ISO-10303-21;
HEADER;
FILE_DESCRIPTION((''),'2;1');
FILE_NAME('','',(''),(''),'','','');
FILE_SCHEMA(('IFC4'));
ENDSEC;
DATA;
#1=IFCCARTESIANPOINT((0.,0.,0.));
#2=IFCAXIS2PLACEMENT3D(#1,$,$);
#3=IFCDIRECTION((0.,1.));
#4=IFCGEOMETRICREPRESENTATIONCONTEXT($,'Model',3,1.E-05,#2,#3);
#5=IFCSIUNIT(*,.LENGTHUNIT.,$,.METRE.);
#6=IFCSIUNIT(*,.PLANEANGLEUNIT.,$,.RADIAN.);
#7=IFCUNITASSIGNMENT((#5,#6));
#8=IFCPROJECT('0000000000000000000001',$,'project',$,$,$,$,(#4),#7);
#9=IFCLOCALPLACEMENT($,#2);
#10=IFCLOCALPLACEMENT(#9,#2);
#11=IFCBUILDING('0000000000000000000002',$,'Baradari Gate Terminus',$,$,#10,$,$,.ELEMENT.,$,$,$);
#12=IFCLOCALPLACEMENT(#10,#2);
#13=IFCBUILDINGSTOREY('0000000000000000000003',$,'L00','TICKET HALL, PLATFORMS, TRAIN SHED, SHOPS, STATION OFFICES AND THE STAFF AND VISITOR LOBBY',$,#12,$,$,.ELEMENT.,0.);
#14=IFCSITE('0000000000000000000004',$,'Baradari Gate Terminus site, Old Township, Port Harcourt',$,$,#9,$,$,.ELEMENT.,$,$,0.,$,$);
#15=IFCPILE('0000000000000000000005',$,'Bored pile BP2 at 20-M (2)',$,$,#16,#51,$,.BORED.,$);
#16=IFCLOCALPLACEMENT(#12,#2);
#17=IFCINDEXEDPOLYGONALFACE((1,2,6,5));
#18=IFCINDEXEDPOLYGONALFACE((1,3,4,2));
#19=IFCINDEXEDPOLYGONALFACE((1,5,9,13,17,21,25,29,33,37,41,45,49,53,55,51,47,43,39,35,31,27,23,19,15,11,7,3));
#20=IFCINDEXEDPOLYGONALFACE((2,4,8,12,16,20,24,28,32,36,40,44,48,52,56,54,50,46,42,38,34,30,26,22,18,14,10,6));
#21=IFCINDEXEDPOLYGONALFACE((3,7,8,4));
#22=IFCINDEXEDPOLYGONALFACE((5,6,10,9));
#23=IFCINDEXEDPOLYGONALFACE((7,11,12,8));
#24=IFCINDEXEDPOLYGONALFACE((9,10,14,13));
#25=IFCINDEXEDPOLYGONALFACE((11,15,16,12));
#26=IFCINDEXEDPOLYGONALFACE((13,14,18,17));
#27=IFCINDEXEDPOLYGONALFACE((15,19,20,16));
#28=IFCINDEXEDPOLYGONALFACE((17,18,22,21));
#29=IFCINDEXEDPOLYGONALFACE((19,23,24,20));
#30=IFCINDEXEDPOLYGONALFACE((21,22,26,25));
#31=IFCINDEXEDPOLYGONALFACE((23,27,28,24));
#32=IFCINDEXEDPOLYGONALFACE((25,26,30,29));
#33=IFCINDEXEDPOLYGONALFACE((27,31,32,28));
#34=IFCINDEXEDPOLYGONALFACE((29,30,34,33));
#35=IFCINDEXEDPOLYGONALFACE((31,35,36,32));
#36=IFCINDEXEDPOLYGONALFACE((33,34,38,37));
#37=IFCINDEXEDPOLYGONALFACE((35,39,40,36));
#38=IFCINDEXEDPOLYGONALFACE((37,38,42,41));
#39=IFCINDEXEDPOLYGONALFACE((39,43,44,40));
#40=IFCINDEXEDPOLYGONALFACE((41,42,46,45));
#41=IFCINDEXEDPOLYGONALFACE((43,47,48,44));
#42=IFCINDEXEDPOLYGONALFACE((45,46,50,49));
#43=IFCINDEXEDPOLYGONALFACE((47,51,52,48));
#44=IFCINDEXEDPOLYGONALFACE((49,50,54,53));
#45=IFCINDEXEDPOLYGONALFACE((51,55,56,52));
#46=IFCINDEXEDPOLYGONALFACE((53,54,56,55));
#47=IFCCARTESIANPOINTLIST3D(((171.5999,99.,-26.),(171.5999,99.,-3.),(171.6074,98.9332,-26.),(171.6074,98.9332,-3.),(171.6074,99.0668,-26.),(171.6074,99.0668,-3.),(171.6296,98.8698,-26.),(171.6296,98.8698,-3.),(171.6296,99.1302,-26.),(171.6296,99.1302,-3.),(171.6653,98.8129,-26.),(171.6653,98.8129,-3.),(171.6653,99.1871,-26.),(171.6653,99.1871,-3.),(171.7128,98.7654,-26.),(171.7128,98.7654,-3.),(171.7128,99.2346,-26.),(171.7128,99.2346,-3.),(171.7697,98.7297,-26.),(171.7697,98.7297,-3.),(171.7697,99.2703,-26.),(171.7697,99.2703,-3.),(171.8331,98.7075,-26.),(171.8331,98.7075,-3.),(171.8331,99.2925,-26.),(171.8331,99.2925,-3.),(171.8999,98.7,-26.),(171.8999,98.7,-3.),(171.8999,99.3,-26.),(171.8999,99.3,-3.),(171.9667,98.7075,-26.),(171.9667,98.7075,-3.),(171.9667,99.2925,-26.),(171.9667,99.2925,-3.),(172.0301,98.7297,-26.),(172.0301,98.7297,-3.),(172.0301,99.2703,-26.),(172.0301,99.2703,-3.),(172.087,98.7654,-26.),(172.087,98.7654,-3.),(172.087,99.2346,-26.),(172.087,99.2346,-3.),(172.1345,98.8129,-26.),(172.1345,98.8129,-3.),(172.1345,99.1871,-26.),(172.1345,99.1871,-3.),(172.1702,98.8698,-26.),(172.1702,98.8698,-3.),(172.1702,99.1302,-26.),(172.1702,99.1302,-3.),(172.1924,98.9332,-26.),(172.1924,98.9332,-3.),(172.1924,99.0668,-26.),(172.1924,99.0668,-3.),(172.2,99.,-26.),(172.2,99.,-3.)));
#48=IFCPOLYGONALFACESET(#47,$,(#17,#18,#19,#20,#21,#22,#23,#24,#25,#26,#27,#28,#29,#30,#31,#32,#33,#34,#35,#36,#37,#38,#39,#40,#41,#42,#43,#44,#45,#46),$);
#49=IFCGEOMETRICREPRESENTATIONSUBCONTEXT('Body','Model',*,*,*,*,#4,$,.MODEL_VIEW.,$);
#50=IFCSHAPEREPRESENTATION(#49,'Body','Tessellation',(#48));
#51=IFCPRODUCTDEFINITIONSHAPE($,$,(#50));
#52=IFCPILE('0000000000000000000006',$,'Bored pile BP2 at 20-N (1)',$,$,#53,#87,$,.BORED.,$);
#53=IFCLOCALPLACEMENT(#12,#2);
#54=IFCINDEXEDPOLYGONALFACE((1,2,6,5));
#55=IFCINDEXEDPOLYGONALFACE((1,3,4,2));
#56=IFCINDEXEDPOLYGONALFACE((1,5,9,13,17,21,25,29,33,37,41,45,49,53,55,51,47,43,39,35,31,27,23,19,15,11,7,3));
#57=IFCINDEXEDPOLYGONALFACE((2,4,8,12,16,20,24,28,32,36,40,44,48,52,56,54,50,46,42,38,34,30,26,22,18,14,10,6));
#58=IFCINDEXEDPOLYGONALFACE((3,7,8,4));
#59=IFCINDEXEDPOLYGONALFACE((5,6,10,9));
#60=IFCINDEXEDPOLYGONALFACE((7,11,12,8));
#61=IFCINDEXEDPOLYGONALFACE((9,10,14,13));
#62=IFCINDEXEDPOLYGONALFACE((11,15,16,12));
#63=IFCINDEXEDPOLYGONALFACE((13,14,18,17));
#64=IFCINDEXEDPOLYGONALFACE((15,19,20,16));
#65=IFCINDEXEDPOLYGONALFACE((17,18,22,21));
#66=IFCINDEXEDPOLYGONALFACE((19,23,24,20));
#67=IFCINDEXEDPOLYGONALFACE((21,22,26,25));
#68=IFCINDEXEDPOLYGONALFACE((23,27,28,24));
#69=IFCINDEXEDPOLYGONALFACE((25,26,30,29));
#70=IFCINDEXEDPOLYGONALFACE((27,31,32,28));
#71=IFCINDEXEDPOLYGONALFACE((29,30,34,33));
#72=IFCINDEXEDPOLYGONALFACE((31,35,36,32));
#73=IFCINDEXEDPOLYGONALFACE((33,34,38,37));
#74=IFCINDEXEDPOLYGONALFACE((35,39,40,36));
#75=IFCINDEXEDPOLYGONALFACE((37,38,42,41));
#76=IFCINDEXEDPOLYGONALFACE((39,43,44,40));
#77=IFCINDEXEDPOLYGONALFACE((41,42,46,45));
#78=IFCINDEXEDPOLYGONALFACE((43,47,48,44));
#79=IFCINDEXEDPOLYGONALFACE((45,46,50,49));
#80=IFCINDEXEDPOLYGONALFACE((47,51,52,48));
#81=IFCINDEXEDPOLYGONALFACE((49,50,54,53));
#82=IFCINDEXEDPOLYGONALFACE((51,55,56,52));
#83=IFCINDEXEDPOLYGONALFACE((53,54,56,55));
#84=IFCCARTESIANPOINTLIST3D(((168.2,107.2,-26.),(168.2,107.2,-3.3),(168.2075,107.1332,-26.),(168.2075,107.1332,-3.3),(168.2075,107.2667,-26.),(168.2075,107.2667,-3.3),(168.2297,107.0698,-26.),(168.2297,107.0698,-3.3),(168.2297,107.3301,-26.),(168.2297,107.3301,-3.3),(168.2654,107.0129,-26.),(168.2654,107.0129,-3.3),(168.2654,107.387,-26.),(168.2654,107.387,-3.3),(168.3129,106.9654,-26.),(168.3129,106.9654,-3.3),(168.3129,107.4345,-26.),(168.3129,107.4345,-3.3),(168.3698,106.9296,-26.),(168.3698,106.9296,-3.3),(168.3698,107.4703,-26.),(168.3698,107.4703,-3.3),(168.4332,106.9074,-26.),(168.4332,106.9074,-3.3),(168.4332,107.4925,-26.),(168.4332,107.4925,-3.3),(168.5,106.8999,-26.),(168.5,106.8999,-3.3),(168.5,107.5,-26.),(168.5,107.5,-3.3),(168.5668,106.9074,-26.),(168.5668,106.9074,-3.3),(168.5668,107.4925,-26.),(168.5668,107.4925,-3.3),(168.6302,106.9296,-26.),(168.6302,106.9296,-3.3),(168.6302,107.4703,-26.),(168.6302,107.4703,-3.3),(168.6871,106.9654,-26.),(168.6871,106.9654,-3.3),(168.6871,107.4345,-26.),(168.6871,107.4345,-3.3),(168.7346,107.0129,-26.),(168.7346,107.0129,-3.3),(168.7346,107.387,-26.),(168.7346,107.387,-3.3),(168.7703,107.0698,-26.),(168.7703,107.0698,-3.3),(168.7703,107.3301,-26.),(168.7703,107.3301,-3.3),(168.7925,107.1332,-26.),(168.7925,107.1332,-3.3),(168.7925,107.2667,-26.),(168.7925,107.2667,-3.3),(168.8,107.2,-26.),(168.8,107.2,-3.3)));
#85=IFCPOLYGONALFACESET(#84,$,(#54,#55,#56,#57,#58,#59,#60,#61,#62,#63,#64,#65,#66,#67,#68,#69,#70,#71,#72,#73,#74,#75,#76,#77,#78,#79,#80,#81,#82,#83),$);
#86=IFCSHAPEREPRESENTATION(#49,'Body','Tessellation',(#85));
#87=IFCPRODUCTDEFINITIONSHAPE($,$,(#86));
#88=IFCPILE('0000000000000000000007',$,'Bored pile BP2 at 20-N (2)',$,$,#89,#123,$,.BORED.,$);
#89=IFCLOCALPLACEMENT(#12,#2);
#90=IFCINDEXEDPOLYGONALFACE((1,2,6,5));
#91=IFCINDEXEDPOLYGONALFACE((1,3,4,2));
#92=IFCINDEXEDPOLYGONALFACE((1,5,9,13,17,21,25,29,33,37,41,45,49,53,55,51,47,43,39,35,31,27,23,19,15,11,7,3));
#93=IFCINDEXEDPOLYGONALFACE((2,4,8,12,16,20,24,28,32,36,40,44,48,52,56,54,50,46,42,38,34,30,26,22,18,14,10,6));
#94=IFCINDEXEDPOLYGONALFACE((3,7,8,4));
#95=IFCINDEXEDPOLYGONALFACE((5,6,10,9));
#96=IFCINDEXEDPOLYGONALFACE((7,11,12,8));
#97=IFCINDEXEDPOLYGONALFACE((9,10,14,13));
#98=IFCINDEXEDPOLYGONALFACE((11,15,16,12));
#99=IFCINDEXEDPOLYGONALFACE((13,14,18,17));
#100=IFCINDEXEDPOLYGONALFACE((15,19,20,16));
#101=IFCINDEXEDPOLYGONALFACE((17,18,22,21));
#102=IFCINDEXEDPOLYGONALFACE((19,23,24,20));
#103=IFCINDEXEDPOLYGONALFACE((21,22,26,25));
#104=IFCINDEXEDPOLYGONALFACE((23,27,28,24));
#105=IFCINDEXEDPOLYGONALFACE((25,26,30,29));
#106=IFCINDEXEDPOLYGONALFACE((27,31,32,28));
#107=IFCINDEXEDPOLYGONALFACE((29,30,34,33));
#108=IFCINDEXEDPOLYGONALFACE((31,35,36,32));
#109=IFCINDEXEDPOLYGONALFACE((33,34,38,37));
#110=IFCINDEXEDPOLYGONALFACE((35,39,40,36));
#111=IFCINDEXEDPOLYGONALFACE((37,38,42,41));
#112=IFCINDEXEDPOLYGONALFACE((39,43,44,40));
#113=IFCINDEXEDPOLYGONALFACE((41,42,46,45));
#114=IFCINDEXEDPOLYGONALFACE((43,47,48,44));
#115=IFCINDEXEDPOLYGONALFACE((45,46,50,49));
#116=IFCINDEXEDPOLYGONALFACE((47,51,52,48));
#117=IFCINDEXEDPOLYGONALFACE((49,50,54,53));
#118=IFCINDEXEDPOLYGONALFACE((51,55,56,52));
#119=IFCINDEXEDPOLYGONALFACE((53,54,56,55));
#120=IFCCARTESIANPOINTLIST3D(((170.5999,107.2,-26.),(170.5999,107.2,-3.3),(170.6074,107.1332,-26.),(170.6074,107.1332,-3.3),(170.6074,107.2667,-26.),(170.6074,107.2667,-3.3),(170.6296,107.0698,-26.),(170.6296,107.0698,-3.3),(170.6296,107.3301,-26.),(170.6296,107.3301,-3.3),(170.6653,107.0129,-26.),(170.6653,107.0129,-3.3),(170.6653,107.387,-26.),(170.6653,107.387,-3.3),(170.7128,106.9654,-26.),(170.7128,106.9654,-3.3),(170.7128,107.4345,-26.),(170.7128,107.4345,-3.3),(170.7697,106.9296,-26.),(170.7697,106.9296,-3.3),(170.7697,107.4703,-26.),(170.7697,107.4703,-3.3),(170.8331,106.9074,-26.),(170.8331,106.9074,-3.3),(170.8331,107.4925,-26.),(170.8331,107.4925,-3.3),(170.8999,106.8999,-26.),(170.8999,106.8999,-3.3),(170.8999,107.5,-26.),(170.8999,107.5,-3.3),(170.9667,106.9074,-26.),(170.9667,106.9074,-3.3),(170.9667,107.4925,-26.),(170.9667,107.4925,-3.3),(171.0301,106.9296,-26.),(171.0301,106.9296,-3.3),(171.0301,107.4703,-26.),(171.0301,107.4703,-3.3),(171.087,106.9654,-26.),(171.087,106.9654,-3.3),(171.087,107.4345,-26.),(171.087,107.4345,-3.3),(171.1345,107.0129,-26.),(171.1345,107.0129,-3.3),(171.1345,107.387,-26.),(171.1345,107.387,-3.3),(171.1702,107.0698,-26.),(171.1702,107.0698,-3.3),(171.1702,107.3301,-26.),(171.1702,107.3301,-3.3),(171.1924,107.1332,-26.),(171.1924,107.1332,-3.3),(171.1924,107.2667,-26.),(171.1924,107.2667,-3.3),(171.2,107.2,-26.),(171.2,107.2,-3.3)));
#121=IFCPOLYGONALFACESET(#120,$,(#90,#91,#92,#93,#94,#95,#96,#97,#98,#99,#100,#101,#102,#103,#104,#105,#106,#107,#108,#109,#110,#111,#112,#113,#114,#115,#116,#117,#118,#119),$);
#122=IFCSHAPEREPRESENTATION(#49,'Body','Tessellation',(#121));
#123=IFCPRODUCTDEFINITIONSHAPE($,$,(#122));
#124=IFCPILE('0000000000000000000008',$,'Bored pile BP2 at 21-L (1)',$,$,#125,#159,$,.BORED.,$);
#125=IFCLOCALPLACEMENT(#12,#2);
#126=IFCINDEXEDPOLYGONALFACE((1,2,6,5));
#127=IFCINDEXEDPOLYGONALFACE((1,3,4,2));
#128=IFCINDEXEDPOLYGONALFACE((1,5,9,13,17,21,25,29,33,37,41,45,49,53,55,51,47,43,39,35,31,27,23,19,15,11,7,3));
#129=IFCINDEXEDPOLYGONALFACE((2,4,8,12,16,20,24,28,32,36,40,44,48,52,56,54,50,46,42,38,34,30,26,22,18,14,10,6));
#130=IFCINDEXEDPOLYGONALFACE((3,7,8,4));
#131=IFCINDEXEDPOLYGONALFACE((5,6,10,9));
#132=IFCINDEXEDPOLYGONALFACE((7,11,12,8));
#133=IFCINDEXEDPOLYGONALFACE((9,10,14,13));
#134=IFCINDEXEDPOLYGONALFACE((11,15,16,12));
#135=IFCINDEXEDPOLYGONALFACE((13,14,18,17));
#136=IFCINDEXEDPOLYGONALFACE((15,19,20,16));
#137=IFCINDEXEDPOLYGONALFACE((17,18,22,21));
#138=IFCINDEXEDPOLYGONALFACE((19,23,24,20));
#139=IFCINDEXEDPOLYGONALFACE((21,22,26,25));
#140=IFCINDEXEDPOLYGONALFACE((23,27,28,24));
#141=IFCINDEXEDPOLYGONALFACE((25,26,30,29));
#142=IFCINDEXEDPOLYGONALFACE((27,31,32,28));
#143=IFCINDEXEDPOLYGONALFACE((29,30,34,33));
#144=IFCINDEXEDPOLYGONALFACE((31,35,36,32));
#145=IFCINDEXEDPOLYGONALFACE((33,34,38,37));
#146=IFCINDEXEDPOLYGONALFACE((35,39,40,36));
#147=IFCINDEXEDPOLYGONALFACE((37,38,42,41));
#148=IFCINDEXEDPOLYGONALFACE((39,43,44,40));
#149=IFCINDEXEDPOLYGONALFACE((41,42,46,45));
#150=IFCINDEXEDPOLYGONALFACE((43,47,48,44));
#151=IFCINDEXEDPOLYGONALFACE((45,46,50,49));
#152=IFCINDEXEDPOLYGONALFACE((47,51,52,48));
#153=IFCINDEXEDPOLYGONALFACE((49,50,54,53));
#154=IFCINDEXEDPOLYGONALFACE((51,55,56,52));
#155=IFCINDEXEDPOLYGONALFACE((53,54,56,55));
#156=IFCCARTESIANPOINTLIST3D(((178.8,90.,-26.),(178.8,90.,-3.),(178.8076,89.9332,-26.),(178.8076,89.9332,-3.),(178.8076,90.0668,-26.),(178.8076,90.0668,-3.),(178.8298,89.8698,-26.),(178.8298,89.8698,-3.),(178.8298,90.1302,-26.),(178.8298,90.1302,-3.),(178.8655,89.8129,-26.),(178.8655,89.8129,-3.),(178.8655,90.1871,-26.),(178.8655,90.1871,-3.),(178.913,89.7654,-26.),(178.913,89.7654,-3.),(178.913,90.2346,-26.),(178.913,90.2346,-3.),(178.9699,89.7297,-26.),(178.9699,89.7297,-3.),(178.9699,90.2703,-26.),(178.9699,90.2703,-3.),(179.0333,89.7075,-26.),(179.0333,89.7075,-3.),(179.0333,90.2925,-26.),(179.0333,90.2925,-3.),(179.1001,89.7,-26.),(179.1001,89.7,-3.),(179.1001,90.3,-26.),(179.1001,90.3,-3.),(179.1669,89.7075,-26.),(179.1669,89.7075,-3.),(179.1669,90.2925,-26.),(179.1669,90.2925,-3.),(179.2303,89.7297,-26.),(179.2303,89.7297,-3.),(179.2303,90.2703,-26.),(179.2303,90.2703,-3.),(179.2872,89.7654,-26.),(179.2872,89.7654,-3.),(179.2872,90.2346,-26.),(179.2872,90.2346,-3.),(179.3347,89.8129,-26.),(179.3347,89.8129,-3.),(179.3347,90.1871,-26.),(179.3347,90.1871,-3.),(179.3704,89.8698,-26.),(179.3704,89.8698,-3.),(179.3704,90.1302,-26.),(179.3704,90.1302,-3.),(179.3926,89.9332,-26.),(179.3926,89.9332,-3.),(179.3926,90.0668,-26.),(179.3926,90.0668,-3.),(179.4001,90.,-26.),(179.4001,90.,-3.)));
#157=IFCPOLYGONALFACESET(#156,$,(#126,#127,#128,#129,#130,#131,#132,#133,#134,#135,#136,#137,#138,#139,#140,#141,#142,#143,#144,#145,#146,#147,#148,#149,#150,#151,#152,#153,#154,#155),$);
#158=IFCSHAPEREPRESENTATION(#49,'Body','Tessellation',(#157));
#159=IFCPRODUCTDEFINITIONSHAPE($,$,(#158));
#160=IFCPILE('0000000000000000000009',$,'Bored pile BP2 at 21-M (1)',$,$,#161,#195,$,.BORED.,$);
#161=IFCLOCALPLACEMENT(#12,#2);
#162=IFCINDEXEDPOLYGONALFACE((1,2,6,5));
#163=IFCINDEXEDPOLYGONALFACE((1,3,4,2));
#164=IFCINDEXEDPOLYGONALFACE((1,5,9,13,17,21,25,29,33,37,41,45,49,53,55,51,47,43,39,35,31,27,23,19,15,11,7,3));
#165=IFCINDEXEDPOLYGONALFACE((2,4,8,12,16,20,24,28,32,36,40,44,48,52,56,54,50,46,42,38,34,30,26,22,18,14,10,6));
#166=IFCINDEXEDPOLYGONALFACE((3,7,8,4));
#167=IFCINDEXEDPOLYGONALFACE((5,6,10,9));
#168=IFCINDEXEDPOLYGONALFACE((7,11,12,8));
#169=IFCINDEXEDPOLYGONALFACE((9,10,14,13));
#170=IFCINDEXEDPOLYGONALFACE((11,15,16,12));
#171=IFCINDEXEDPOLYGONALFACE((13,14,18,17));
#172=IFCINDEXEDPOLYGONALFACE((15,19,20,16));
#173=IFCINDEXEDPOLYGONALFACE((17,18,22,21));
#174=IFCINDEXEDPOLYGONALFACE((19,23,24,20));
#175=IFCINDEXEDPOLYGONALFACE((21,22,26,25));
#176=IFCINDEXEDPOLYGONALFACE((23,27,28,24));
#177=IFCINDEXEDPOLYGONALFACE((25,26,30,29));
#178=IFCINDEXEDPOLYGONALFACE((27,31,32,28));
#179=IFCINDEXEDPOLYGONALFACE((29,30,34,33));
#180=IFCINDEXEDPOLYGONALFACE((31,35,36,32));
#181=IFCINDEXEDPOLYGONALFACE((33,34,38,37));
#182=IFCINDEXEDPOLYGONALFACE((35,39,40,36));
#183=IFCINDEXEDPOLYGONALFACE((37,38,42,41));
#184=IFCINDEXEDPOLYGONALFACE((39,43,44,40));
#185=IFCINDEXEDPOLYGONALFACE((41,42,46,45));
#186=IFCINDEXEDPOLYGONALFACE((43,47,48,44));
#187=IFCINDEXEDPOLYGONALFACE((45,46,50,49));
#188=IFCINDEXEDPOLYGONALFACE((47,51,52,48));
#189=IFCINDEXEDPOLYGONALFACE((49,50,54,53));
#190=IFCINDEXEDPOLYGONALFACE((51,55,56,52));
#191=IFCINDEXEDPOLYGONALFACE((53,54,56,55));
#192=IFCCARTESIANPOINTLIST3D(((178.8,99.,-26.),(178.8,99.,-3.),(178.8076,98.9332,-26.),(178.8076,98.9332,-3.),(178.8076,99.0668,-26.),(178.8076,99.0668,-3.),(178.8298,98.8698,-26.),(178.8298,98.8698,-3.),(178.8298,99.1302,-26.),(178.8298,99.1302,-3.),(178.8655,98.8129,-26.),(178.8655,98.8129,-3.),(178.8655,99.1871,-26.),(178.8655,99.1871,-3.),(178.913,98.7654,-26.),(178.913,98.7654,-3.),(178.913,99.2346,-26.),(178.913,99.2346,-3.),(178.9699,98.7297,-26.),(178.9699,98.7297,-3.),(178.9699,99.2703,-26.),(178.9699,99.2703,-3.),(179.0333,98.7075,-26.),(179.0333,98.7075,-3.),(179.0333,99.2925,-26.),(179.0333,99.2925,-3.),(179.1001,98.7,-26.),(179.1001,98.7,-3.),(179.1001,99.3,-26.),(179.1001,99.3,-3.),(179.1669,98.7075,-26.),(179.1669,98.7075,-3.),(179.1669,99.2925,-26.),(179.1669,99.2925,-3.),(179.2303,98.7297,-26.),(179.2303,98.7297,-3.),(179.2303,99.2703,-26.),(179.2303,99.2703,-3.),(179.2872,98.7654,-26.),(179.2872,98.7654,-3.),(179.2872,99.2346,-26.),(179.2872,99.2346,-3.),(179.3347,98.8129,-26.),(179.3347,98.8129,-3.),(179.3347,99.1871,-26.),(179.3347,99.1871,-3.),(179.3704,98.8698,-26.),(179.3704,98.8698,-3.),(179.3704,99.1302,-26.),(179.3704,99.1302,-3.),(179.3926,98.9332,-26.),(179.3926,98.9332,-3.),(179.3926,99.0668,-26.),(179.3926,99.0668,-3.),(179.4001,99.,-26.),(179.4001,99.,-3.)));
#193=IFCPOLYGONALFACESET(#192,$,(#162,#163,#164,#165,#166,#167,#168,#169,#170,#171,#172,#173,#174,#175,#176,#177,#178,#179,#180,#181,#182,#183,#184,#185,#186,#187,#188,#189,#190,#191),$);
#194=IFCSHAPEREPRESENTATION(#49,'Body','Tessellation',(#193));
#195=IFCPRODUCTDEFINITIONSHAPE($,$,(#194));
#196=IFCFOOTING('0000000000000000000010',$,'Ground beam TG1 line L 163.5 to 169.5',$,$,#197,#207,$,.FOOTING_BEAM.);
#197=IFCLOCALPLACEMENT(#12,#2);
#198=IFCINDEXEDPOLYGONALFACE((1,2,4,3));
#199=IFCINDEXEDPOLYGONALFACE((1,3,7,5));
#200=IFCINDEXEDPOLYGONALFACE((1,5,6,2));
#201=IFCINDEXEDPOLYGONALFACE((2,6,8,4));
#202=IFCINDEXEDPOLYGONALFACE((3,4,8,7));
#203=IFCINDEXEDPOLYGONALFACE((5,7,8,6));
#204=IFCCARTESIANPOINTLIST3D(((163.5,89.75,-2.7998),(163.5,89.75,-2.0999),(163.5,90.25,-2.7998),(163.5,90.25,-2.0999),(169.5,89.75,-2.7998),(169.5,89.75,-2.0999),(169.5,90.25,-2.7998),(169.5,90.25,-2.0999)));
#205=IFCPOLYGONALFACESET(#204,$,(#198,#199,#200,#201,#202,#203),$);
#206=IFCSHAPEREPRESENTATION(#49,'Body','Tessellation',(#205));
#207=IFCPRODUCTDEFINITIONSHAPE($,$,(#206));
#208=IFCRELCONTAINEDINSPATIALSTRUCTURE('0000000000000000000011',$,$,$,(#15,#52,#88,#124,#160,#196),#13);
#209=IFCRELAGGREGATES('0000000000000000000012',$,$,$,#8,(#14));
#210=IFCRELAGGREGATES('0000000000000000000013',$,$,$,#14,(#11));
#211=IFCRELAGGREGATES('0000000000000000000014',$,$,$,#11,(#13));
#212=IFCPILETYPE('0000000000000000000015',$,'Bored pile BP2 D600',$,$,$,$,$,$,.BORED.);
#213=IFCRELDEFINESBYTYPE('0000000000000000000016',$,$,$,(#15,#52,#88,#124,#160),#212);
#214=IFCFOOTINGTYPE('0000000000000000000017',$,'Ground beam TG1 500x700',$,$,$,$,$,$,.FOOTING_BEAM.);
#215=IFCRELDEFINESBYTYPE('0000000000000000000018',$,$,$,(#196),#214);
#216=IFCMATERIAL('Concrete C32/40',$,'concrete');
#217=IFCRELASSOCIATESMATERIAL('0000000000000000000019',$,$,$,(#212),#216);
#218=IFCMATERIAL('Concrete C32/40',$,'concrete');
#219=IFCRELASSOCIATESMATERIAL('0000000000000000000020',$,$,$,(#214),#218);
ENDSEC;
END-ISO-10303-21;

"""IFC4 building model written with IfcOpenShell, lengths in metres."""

from ifc_helpers import new_model, si_unit, direction, frame, origin, origin_2d, place, context, subcontext, project, spatial, rectangle, circle, extrude, material, type_object, element, save


model = new_model("IFC4")

# Units and contexts
model_context = context("Model", 3, precision=1e-05, world=origin(), true_north=direction((0.0, 1.0)))
body_context = subcontext(model_context, "Body", "Model", "MODEL_VIEW")
ifc_project = project(units=[si_unit("LENGTHUNIT", "METRE"), si_unit("PLANEANGLEUNIT", "RADIAN")], contexts=[model_context])

# Site, building, storey
site_placement = place(None, origin())
site = spatial("IfcSite", under=ifc_project, at=site_placement, Name="Baradari Gate Terminus site, Old Township, Port Harcourt", CompositionType="ELEMENT", RefElevation=0.0)
building_placement = place(site_placement, origin())
building = spatial("IfcBuilding", under=site, at=building_placement, Name="Baradari Gate Terminus", CompositionType="ELEMENT")
storey_placement = place(building_placement, origin())
storey = spatial("IfcBuildingStorey", under=building, at=storey_placement, Name="L00", Description="TICKET HALL, PLATFORMS, TRAIN SHED, SHOPS, STATION OFFICES AND THE STAFF AND VISITOR LOBBY", CompositionType="ELEMENT", Elevation=0.0)

# Piles
ifc_material_1 = material(Name="Concrete C32/40", Category="concrete")
pile_type = type_object("IfcPileType", Name="Bored pile BP2 D600", PredefinedType="BORED", material=ifc_material_1)
for number, where, z_axis, x_axis, name in (
    (1, (171.8999, 99.0, -3.0), (0.0, 0.0, -1.0), (1.0, 0.0, 0.0), "Bored pile BP2 at 20-M (2)"),
):
    element("IfcPile", number, at=place(storey_placement, frame(where, z_axis=z_axis, x_axis=x_axis)), inside=storey, type_object=pile_type, Name=name, PredefinedType="BORED", context=body_context, shape_type="SweptSolid", body=[
        extrude(circle(Radius=0.3, at=origin_2d()), origin(), (0.0, 0.0, 1.0), 23.0),
    ])
for number, where, z_axis, x_axis, name in (
    (2, (168.5, 107.2, -3.3), (0.0, 0.0, -1.0), (1.0, 0.0, 0.0), "Bored pile BP2 at 20-N (1)"),
    (3, (170.8999, 107.2, -3.3), (0.0, 0.0, -1.0), (1.0, 0.0, 0.0), "Bored pile BP2 at 20-N (2)"),
):
    element("IfcPile", number, at=place(storey_placement, frame(where, z_axis=z_axis, x_axis=x_axis)), inside=storey, type_object=pile_type, Name=name, PredefinedType="BORED", context=body_context, shape_type="SweptSolid", body=[
        extrude(circle(Radius=0.3, at=origin_2d()), origin(), (0.0, 0.0, 1.0), 22.7),
    ])
for number, where, z_axis, x_axis, name in (
    (4, (179.1001, 90.0, -3.0), (0.0, 0.0, -1.0), (1.0, 0.0, 0.0), "Bored pile BP2 at 21-L (1)"),
    (5, (179.1001, 99.0, -3.0), (0.0, 0.0, -1.0), (1.0, 0.0, 0.0), "Bored pile BP2 at 21-M (1)"),
):
    element("IfcPile", number, at=place(storey_placement, frame(where, z_axis=z_axis, x_axis=x_axis)), inside=storey, type_object=pile_type, Name=name, PredefinedType="BORED", context=body_context, shape_type="SweptSolid", body=[
        extrude(circle(Radius=0.3, at=origin_2d()), origin(), (0.0, 0.0, 1.0), 23.0),
    ])

# Footing
ifc_material_2 = material(Name="Concrete C32/40", Category="concrete")
footing_type_1 = type_object("IfcFootingType", Name="Ground beam TG1 500x700", PredefinedType="FOOTING_BEAM", material=ifc_material_2)
for number, where, z_axis, x_axis, name in (
    (6, (166.5, 90.0, -2.7998), (0.0, 0.0, 1.0), (1.0, 0.0, 0.0), "Ground beam TG1 line L 163.5 to 169.5"),
):
    element("IfcFooting", number, at=place(storey_placement, frame(where, z_axis=z_axis, x_axis=x_axis)), inside=storey, type_object=footing_type_1, Name=name, PredefinedType="FOOTING_BEAM", context=body_context, shape_type="SweptSolid", body=[
        extrude(rectangle(XDim=6.0, YDim=0.5, at=origin_2d()), origin(), (0.0, 0.0, 1.0), 0.7),
    ])

save(model, "model.ifc")
